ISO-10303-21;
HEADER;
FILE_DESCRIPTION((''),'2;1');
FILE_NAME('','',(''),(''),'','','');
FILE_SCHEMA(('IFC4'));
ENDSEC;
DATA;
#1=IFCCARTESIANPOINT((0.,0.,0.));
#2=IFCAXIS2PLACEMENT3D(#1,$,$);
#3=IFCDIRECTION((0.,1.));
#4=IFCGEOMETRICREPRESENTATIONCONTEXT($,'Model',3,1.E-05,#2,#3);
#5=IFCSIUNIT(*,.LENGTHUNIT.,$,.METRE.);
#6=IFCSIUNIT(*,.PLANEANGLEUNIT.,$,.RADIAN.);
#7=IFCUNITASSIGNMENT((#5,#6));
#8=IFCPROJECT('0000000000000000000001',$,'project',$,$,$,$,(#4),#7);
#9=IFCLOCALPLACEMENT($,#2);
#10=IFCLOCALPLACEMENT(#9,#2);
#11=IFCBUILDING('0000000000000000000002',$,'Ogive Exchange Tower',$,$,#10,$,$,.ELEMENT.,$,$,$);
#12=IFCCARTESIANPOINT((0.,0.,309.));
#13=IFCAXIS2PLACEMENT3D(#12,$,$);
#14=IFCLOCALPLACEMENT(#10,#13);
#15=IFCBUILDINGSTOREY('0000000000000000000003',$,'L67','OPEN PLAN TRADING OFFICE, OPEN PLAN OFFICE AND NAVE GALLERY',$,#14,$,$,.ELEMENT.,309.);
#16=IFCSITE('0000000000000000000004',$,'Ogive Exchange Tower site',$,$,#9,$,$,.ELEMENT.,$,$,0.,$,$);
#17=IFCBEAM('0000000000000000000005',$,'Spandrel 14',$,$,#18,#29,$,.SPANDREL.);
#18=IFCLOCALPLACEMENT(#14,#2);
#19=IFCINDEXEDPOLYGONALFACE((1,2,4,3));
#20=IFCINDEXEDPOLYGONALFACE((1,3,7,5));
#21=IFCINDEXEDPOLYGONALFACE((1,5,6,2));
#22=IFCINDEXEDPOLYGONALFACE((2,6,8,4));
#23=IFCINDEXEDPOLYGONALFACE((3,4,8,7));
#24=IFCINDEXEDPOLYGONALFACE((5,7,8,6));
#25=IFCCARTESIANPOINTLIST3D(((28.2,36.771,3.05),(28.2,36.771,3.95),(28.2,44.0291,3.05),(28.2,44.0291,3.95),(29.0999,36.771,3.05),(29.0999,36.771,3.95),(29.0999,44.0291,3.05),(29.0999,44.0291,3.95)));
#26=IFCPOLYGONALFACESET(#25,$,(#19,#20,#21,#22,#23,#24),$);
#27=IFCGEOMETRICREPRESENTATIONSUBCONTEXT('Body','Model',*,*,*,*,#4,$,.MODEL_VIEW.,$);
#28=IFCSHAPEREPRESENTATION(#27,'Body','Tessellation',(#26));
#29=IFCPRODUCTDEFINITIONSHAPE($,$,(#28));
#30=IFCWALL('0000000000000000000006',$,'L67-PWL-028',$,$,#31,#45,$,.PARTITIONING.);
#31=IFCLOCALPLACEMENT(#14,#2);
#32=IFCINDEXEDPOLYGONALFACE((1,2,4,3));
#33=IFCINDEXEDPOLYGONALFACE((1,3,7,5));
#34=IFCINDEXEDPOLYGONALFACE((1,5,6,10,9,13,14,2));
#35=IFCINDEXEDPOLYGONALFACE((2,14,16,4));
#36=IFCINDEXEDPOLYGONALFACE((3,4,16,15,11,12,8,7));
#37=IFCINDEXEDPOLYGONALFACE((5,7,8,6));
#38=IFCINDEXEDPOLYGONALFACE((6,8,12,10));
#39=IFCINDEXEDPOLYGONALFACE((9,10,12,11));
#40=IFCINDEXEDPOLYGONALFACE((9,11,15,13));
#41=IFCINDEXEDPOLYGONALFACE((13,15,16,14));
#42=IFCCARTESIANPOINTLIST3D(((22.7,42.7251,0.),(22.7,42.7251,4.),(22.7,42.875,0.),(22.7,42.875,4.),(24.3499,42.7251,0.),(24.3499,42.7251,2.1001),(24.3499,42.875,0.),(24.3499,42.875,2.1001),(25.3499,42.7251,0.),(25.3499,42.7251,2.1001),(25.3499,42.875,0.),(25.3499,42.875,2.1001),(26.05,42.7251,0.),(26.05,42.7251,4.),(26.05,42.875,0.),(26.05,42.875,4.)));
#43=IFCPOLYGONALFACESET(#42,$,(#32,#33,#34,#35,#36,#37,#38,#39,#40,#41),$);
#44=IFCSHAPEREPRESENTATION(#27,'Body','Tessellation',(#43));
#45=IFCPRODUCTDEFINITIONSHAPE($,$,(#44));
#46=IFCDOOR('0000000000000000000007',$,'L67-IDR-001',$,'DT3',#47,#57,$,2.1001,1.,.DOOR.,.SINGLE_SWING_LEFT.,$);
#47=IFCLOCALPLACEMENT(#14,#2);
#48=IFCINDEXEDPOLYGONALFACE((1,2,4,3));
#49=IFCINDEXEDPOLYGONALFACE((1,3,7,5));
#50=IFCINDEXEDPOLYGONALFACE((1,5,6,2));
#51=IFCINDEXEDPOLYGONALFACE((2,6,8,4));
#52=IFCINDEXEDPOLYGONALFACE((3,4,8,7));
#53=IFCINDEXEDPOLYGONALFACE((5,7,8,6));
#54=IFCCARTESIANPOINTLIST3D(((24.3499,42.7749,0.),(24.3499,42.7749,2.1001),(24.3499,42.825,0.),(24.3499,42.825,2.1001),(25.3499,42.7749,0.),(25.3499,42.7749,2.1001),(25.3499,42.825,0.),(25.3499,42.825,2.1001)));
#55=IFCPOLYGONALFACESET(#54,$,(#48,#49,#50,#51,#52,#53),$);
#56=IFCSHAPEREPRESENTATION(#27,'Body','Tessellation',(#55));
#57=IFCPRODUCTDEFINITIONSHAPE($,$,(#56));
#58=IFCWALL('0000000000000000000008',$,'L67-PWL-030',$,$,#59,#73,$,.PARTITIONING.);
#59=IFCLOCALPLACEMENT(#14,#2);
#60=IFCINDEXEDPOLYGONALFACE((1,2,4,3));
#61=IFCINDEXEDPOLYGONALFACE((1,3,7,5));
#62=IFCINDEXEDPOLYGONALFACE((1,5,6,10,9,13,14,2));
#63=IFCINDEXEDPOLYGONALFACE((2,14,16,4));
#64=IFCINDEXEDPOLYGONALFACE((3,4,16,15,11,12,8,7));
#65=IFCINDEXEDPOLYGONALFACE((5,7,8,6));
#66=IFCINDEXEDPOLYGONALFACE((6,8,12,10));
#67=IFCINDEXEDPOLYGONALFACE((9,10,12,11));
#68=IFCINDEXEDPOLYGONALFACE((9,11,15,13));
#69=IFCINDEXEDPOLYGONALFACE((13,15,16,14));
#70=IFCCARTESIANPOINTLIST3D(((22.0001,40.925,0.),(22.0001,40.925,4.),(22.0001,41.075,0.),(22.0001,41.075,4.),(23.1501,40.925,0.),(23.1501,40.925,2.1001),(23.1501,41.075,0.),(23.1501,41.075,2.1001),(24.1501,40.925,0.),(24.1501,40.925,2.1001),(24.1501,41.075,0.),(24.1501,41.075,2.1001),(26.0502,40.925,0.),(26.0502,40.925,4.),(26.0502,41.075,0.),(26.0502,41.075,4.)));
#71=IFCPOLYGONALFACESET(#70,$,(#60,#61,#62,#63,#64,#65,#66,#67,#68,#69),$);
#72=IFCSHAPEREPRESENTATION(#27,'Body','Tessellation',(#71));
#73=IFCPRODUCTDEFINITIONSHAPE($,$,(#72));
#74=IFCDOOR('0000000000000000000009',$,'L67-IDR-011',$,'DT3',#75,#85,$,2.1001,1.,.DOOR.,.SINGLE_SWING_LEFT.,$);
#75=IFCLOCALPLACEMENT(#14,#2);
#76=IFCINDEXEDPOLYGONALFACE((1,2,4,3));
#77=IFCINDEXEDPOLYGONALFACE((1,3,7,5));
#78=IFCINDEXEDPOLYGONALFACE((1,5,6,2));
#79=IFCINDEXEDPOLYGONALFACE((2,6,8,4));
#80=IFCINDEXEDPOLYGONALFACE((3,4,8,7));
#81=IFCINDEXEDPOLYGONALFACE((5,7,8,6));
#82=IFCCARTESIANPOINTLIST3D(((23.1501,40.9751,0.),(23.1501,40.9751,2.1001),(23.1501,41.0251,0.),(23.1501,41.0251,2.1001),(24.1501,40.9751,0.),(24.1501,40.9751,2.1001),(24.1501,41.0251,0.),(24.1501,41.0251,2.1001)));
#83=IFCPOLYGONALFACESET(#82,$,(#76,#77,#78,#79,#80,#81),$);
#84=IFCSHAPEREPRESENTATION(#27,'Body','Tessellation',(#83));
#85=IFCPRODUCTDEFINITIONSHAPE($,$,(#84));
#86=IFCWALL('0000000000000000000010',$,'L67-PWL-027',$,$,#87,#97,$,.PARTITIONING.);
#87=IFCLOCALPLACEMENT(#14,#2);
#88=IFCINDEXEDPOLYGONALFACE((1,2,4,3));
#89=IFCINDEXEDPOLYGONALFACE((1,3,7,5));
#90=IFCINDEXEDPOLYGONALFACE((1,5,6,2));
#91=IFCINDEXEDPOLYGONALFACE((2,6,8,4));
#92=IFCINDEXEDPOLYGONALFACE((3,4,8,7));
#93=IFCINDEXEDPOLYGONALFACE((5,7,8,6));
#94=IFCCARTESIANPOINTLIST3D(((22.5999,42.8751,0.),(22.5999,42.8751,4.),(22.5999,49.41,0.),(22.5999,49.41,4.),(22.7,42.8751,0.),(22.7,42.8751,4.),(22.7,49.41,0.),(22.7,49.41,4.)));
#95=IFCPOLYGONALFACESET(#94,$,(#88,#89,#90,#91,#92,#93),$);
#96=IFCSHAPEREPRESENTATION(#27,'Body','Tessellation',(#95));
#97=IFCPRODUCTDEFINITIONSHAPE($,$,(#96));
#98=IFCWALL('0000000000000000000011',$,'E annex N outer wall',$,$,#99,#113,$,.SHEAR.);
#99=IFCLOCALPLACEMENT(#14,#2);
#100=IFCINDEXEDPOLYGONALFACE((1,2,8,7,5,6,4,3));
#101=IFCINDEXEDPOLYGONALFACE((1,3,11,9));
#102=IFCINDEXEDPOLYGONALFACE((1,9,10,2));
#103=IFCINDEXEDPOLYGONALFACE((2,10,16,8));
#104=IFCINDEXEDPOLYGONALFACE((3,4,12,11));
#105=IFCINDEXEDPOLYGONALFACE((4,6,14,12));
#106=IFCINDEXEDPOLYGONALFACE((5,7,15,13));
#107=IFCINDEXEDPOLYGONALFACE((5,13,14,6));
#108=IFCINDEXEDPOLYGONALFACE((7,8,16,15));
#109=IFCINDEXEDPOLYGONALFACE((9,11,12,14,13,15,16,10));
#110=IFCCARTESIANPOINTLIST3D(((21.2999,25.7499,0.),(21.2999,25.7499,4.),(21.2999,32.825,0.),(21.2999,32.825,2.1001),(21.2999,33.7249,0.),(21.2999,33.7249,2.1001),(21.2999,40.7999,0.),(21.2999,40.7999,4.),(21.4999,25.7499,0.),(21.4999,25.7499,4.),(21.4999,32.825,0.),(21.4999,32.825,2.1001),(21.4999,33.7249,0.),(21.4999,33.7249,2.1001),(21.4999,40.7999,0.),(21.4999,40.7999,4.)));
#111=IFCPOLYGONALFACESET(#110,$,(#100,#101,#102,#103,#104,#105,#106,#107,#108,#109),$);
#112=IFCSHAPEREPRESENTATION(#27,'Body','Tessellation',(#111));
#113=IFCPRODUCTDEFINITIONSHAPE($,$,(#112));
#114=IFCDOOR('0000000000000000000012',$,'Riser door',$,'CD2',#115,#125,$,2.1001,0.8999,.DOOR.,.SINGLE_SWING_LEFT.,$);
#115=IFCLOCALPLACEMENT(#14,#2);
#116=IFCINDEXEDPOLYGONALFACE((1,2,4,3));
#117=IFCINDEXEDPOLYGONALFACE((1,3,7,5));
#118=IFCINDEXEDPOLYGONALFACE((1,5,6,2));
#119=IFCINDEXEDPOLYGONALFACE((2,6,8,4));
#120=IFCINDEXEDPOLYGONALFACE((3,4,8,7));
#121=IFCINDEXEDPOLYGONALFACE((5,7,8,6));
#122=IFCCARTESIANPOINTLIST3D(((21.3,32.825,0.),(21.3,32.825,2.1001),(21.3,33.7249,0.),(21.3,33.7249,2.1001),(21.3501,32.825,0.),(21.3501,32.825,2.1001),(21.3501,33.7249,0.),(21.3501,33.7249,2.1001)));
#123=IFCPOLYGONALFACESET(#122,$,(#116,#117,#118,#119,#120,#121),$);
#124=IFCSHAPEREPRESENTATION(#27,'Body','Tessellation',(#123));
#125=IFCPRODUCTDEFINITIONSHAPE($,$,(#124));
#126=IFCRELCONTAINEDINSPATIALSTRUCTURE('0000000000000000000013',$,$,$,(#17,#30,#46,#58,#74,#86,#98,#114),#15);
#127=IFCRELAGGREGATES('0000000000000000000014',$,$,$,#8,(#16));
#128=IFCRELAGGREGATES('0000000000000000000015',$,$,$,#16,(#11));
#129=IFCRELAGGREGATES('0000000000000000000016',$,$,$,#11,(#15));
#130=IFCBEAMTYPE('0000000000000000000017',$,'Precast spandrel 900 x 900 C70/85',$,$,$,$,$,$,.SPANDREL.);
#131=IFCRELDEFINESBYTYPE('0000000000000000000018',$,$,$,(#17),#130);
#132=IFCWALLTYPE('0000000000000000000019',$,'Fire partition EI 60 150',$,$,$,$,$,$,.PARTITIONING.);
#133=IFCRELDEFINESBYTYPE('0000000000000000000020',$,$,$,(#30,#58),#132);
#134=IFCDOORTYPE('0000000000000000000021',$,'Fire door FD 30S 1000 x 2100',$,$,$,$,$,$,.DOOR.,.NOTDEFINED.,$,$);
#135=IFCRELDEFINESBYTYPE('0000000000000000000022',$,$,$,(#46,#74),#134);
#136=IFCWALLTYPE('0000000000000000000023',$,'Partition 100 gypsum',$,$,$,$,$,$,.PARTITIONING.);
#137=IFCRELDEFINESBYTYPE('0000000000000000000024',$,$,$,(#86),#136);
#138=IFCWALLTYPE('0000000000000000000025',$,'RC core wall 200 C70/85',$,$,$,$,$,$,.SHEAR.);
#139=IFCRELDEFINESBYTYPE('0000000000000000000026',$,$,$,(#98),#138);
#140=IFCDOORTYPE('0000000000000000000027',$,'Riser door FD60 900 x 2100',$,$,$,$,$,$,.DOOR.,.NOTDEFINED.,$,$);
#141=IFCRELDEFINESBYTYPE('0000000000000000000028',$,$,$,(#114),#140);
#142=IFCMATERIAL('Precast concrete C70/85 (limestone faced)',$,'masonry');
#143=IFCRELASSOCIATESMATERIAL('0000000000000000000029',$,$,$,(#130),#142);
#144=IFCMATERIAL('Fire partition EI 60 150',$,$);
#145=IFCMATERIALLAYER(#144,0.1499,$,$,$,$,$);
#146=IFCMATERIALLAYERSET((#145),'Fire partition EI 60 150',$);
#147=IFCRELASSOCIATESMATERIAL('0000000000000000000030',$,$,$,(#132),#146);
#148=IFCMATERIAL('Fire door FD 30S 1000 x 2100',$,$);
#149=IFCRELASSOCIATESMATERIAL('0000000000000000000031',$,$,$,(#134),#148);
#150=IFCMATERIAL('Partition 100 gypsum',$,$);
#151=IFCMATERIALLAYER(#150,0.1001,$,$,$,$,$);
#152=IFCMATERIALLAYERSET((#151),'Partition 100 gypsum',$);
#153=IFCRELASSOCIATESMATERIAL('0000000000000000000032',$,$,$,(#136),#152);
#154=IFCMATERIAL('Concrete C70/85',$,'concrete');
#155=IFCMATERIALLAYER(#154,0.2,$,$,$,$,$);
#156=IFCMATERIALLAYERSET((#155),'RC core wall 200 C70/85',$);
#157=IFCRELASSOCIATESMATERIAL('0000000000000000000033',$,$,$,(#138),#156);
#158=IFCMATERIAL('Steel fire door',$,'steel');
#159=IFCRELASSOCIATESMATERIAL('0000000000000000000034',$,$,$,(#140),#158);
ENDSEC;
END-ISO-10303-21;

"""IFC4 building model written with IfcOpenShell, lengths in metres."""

from ifc_helpers import new_model, si_unit, direction, frame, frame_2d, origin, origin_2d, place, context, subcontext, project, spatial, rectangle, extrude, material, layer, layer_set, material_profile, profile_set, type_object, element, fill, save


model = new_model("IFC4")

# Units and contexts
model_context = context("Model", 3, precision=1e-05, world=origin(), true_north=direction((0.0, 1.0)))
body_context = subcontext(model_context, "Body", "Model", "MODEL_VIEW")
ifc_project = project(units=[si_unit("LENGTHUNIT", "METRE"), si_unit("PLANEANGLEUNIT", "RADIAN")], contexts=[model_context])

# Site, building, storey
site_placement = place(None, origin())
site = spatial("IfcSite", under=ifc_project, at=site_placement, Name="Ogive Exchange Tower site", CompositionType="ELEMENT", RefElevation=0.0)
building_placement = place(site_placement, origin())
building = spatial("IfcBuilding", under=site, at=building_placement, Name="Ogive Exchange Tower", CompositionType="ELEMENT")
storey_placement = place(building_placement, frame((0.0, 0.0, 309.0)))
storey = spatial("IfcBuildingStorey", under=building, at=storey_placement, Name="L67", Description="OPEN PLAN TRADING OFFICE, OPEN PLAN OFFICE AND NAVE GALLERY", CompositionType="ELEMENT", Elevation=309.0)

# Shared definitions
ifc_material_1 = material(Name="Precast concrete C70/85 (limestone faced)", Category="masonry")

# Beam
ifc_material_profile_1 = material_profile(ifc_material_1, rectangle(XDim=0.8999, YDim=0.8999, at=origin_2d()), Name="900 x 900")
ifc_profile_set_1 = profile_set([ifc_material_profile_1], Name="Precast concrete C70/85 (limestone faced)")
beam_type_1 = type_object("IfcBeamType", Name="Precast spandrel 900 x 900 C70/85", PredefinedType="SPANDREL", material=ifc_profile_set_1)
for number, where, z_axis, x_axis, name in (
    (1, (28.6499, 36.771, 3.5), (0.0, 1.0, 0.0), (-1.0, 0.0, 0.0), "Spandrel 14"),
):
    element("IfcBeam", number, at=place(storey_placement, frame(where, z_axis=z_axis, x_axis=x_axis)), inside=storey, type_object=beam_type_1, Name=name, PredefinedType="SPANDREL", context=body_context, shape_type="SweptSolid", body=[
        extrude(rectangle(XDim=0.8999, YDim=0.8999, at=origin_2d()), origin(), (0.0, 0.0, 1.0), 7.2581),
    ])

# Walls, openings, doors
ifc_material_2 = material(Name="Fire partition EI 60 150")
ifc_layer_1 = layer(ifc_material_2, 0.1499)
ifc_layer_set_1 = layer_set([ifc_layer_1], Name="Fire partition EI 60 150")
wall_type_1 = type_object("IfcWallType", Name="Fire partition EI 60 150", PredefinedType="PARTITIONING", material=ifc_layer_set_1)
wall_1_placement = place(storey_placement, frame((22.7, 42.8, 0.0), z_axis=(0.0, 0.0, 1.0), x_axis=(1.0, 0.0, 0.0)))
wall_1 = element("IfcWall", 2, at=wall_1_placement, inside=storey, type_object=wall_type_1, Name="L67-PWL-028", PredefinedType="PARTITIONING", context=body_context, shape_type="SweptSolid", body=[
    extrude(rectangle(XDim=3.3501, YDim=0.1499, at=frame_2d((1.675, 0.0))), origin(), (0.0, 0.0, 1.0), 4.0),
])
opening_1_placement = place(wall_1_placement, frame((1.6499, 0.0, 0.0)))
opening_1 = element("IfcOpeningElement", 3, at=opening_1_placement, cuts=wall_1, PredefinedType="OPENING", context=body_context, shape_type="SweptSolid", body=[
    extrude(rectangle(XDim=1.0, YDim=2.1001, at=frame_2d((0.5, 1.05))), frame((0.0, 0.085, 0.0), z_axis=(0.0, -1.0, 0.0), x_axis=(1.0, 0.0, 0.0)), (0.0, 0.0, 1.0), 0.1699),
])
ifc_material_3 = material(Name="Fire door FD 30S 1000 x 2100")
door_type_1 = type_object("IfcDoorType", Name="Fire door FD 30S 1000 x 2100", OperationType="NOTDEFINED", PredefinedType="DOOR", material=ifc_material_3)
door_1_placement = place(opening_1_placement, origin())
door_1 = element("IfcDoor", 4, at=door_1_placement, inside=storey, type_object=door_type_1, Name="L67-IDR-001", ObjectType="DT3", OperationType="SINGLE_SWING_LEFT", OverallHeight=2.1001, OverallWidth=1.0, PredefinedType="DOOR", context=body_context, shape_type="SweptSolid", body=[
    extrude(rectangle(XDim=1.0, YDim=2.1001, at=frame_2d((0.5, 1.05))), frame((0.0, 0.0249, 0.0), z_axis=(0.0, -1.0, 0.0), x_axis=(1.0, 0.0, 0.0)), (0.0, 0.0, 1.0), 0.05),
])
fill(opening_1, door_1)
wall_2_placement = place(storey_placement, frame((26.05, 41.0, 0.0), z_axis=(0.0, 0.0, 1.0), x_axis=(-1.0, 0.0, 0.0)))
wall_2 = element("IfcWall", 5, at=wall_2_placement, inside=storey, type_object=wall_type_1, Name="L67-PWL-030", PredefinedType="PARTITIONING", context=body_context, shape_type="SweptSolid", body=[
    extrude(rectangle(XDim=4.05, YDim=0.1499, at=frame_2d((2.0249, 0.0))), origin(), (0.0, 0.0, 1.0), 4.0),
])
opening_2_placement = place(wall_2_placement, frame((1.8999, 0.0, 0.0)))
opening_2 = element("IfcOpeningElement", 6, at=opening_2_placement, cuts=wall_2, PredefinedType="OPENING", context=body_context, shape_type="SweptSolid", body=[
    extrude(rectangle(XDim=1.0, YDim=2.1001, at=frame_2d((0.5, 1.05))), frame((0.0, 0.085, 0.0), z_axis=(0.0, -1.0, 0.0), x_axis=(1.0, 0.0, 0.0)), (0.0, 0.0, 1.0), 0.1699),
])
door_2_placement = place(opening_2_placement, origin())
door_2 = element("IfcDoor", 7, at=door_2_placement, inside=storey, type_object=door_type_1, Name="L67-IDR-011", ObjectType="DT3", OperationType="SINGLE_SWING_LEFT", OverallHeight=2.1001, OverallWidth=1.0, PredefinedType="DOOR", context=body_context, shape_type="SweptSolid", body=[
    extrude(rectangle(XDim=1.0, YDim=2.1001, at=frame_2d((0.5, 1.05))), frame((0.0, 0.0249, 0.0), z_axis=(0.0, -1.0, 0.0), x_axis=(1.0, 0.0, 0.0)), (0.0, 0.0, 1.0), 0.05),
])
fill(opening_2, door_2)

# Wall
ifc_material_4 = material(Name="Partition 100 gypsum")
ifc_layer_2 = layer(ifc_material_4, 0.1001)
ifc_layer_set_2 = layer_set([ifc_layer_2], Name="Partition 100 gypsum")
wall_type_2 = type_object("IfcWallType", Name="Partition 100 gypsum", PredefinedType="PARTITIONING", material=ifc_layer_set_2)
wall_3_placement = place(storey_placement, frame((22.6499, 42.875, 0.0), z_axis=(0.0, 0.0, 1.0), x_axis=(0.0, 1.0, 0.0)))
element("IfcWall", 8, at=wall_3_placement, inside=storey, type_object=wall_type_2, Name="L67-PWL-027", PredefinedType="PARTITIONING", context=body_context, shape_type="SweptSolid", body=[
    extrude(rectangle(XDim=6.5349, YDim=0.1001, at=frame_2d((3.2676, 0.0))), origin(), (0.0, 0.0, 1.0), 4.0),
])

# Wall, opening, door
ifc_material_5 = material(Name="Concrete C70/85", Category="concrete")
ifc_layer_3 = layer(ifc_material_5, 0.2)
ifc_layer_set_3 = layer_set([ifc_layer_3], Name="RC core wall 200 C70/85")
wall_type_3 = type_object("IfcWallType", Name="RC core wall 200 C70/85", PredefinedType="SHEAR", material=ifc_layer_set_3)
wall_4_placement = place(storey_placement, frame((21.3999, 25.75, 0.0), z_axis=(0.0, 0.0, 1.0), x_axis=(0.0, 1.0, 0.0)))
wall_4 = element("IfcWall", 9, at=wall_4_placement, inside=storey, type_object=wall_type_3, Name="E annex N outer wall", PredefinedType="SHEAR", context=body_context, shape_type="SweptSolid", body=[
    extrude(rectangle(XDim=15.05, YDim=0.2, at=frame_2d((7.5249, 0.0))), origin(), (0.0, 0.0, 1.0), 4.0),
])
opening_3_placement = place(wall_4_placement, frame((7.075, 0.0, 0.0)))
opening_3 = element("IfcOpeningElement", 10, at=opening_3_placement, cuts=wall_4, PredefinedType="OPENING", context=body_context, shape_type="SweptSolid", body=[
    extrude(rectangle(XDim=0.8999, YDim=2.1001, at=frame_2d((0.45, 1.05))), frame((0.0, 0.1099, 0.0), z_axis=(0.0, -1.0, 0.0), x_axis=(1.0, 0.0, 0.0)), (0.0, 0.0, 1.0), 0.22),
])
ifc_material_6 = material(Name="Steel fire door", Category="steel")
door_type_2 = type_object("IfcDoorType", Name="Riser door FD60 900 x 2100", OperationType="NOTDEFINED", PredefinedType="DOOR", material=ifc_material_6)
door_3_placement = place(opening_3_placement, frame((0.8999, 0.1499, 0.0), z_axis=(0.0, 0.0, 1.0), x_axis=(-1.0, 0.0, 0.0)))
door_3 = element("IfcDoor", 11, at=door_3_placement, inside=storey, type_object=door_type_2, Name="Riser door", ObjectType="CD2", OperationType="SINGLE_SWING_LEFT", OverallHeight=2.1001, OverallWidth=0.8999, PredefinedType="DOOR", context=body_context, shape_type="SweptSolid", body=[
    extrude(rectangle(XDim=0.8999, YDim=2.1001, at=frame_2d((0.45, 1.05))), frame((0.0, 0.1001, 0.0), z_axis=(0.0, -1.0, 0.0), x_axis=(1.0, 0.0, 0.0)), (0.0, 0.0, 1.0), 0.05),
])
fill(opening_3, door_3)

save(model, "model.ifc")
